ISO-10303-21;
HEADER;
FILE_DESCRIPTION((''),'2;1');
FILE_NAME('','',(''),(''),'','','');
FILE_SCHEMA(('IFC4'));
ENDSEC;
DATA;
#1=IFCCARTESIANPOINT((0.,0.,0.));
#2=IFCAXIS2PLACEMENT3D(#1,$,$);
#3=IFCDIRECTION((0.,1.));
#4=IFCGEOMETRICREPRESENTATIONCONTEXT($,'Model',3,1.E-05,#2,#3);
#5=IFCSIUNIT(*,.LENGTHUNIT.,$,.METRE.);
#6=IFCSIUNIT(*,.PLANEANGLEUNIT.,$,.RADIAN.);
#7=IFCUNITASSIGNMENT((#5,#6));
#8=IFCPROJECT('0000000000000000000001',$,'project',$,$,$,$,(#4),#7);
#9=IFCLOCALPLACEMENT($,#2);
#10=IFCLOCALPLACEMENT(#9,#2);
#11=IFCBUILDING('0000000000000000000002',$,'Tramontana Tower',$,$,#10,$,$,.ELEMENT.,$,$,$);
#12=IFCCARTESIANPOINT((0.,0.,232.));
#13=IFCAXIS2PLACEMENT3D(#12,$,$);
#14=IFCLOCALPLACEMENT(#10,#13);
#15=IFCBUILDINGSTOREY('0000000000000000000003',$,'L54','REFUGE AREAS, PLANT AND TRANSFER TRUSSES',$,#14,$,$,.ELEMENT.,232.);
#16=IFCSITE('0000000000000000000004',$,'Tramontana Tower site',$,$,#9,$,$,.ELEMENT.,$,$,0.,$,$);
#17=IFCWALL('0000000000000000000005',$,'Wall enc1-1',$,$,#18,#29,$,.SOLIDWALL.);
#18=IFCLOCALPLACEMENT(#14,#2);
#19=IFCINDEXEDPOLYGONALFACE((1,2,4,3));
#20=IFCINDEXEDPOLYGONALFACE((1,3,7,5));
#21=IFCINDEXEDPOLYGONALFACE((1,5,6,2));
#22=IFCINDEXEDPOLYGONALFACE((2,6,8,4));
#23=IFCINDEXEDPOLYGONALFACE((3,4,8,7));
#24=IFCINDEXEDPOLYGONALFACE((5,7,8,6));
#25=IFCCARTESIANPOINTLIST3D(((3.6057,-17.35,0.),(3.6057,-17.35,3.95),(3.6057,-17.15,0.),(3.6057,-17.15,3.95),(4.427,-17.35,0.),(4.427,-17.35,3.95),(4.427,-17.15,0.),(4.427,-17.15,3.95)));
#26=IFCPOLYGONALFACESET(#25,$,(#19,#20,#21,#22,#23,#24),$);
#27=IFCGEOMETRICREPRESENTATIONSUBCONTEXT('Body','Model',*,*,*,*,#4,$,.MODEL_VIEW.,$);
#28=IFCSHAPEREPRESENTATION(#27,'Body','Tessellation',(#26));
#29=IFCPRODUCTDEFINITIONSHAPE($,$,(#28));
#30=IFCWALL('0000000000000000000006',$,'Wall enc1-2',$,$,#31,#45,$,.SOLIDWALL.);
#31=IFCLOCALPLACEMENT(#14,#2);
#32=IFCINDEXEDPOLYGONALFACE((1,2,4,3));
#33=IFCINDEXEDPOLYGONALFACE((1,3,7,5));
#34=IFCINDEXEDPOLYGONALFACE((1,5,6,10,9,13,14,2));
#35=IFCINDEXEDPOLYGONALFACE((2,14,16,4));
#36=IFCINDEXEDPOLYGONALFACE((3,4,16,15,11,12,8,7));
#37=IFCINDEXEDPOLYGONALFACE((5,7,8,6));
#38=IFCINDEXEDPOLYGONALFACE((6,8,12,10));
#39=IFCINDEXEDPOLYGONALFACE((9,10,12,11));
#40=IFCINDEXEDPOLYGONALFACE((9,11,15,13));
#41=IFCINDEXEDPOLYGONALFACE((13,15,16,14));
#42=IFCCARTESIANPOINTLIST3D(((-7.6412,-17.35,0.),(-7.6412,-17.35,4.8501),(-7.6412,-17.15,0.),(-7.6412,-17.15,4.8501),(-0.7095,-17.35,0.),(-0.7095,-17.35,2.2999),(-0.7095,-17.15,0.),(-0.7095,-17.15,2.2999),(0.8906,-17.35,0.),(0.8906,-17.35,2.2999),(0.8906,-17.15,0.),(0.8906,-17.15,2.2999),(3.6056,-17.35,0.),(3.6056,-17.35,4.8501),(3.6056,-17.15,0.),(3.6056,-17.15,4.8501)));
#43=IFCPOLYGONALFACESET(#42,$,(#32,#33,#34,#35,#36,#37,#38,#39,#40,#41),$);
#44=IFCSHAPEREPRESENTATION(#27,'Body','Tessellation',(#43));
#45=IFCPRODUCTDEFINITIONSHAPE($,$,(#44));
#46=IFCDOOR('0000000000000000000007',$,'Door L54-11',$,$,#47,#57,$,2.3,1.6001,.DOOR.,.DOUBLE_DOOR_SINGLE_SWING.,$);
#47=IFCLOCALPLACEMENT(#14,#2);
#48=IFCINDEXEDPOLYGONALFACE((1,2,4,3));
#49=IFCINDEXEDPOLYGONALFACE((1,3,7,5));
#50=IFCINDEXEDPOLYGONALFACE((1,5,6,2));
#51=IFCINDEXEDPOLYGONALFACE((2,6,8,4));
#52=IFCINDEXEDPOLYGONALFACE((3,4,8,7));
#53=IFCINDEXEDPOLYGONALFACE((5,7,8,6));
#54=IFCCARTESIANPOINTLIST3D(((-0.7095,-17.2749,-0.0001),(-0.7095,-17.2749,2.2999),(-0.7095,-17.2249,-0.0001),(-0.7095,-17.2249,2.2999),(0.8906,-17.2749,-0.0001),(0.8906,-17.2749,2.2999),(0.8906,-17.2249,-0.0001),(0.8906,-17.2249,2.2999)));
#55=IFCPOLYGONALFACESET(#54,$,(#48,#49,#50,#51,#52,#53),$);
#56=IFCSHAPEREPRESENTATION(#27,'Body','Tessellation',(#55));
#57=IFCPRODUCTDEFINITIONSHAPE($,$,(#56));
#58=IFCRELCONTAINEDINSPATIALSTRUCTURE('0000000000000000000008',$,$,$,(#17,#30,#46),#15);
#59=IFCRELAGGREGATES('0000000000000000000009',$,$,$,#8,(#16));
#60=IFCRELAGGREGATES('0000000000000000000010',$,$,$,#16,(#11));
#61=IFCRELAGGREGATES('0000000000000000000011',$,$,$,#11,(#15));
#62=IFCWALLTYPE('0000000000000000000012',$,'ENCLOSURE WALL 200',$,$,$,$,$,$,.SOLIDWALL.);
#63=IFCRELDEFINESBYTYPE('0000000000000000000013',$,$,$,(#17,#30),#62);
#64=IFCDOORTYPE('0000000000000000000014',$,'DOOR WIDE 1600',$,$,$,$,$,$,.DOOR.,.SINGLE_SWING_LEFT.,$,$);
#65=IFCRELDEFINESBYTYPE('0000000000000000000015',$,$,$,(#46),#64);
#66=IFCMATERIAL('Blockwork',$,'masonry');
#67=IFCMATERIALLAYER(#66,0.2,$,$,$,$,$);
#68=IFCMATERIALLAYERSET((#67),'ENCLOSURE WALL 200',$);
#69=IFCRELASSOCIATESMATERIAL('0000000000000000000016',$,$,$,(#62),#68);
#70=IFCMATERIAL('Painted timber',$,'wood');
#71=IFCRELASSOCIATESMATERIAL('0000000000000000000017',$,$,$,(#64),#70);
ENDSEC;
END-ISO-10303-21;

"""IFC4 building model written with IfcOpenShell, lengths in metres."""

from ifc_helpers import new_model, si_unit, direction, frame, frame_2d, origin, place, context, subcontext, project, spatial, rectangle, extrude, material, layer, layer_set, type_object, element, fill, save


model = new_model("IFC4")

# Units and contexts
model_context = context("Model", 3, precision=1e-05, world=origin(), true_north=direction((0.0, 1.0)))
body_context = subcontext(model_context, "Body", "Model", "MODEL_VIEW")
ifc_project = project(units=[si_unit("LENGTHUNIT", "METRE"), si_unit("PLANEANGLEUNIT", "RADIAN")], contexts=[model_context])

# Site, building, storey
site_placement = place(None, origin())
site = spatial("IfcSite", under=ifc_project, at=site_placement, Name="Tramontana Tower site", CompositionType="ELEMENT", RefElevation=0.0)
building_placement = place(site_placement, origin())
building = spatial("IfcBuilding", under=site, at=building_placement, Name="Tramontana Tower", CompositionType="ELEMENT")
storey_placement = place(building_placement, frame((0.0, 0.0, 232.0)))
storey = spatial("IfcBuildingStorey", under=building, at=storey_placement, Name="L54", Description="REFUGE AREAS, PLANT AND TRANSFER TRUSSES", CompositionType="ELEMENT", Elevation=232.0)

# Wall
ifc_material_1 = material(Name="Blockwork", Category="masonry")
ifc_layer = layer(ifc_material_1, 0.2)
ifc_layer_set = layer_set([ifc_layer], Name="ENCLOSURE WALL 200")
wall_type = type_object("IfcWallType", Name="ENCLOSURE WALL 200", PredefinedType="SOLIDWALL", material=ifc_layer_set)
wall_1_placement = place(storey_placement, frame((4.427, -17.25, 0.0), z_axis=(0.0, 0.0, 1.0), x_axis=(-1.0, 0.0, 0.0)))
element("IfcWall", 1, at=wall_1_placement, inside=storey, type_object=wall_type, Name="Wall enc1-1", PredefinedType="SOLIDWALL", context=body_context, shape_type="SweptSolid", body=[
    extrude(rectangle(XDim=0.8213, YDim=0.2, at=frame_2d((0.4106, 0.0))), origin(), (0.0, 0.0, 1.0), 3.95),
])

# Wall, opening, door
wall_2_placement = place(storey_placement, frame((3.6057, -17.25, 0.0), z_axis=(0.0, 0.0, 1.0), x_axis=(-1.0, 0.0, 0.0)))
wall_2 = element("IfcWall", 2, at=wall_2_placement, inside=storey, type_object=wall_type, Name="Wall enc1-2", PredefinedType="SOLIDWALL", context=body_context, shape_type="SweptSolid", body=[
    extrude(rectangle(XDim=11.2468, YDim=0.2, at=frame_2d((5.6235, 0.0))), origin(), (0.0, 0.0, 1.0), 4.8501),
])
opening_placement = place(wall_2_placement, frame((2.7151, 0.0, 0.0)))
opening = element("IfcOpeningElement", 3, at=opening_placement, cuts=wall_2, PredefinedType="OPENING", context=body_context, shape_type="SweptSolid", body=[
    extrude(rectangle(XDim=1.6001, YDim=2.3, at=frame_2d((0.8, 1.1499))), frame((0.0, 0.1099, 0.0), z_axis=(0.0, -1.0, 0.0), x_axis=(1.0, 0.0, 0.0)), (0.0, 0.0, 1.0), 0.22),
])
ifc_material_2 = material(Name="Painted timber", Category="wood")
door_type = type_object("IfcDoorType", Name="DOOR WIDE 1600", OperationType="SINGLE_SWING_LEFT", PredefinedType="DOOR", material=ifc_material_2)
door_placement = place(opening_placement, origin())
door = element("IfcDoor", 4, at=door_placement, inside=storey, type_object=door_type, Name="Door L54-11", OperationType="DOUBLE_DOOR_SINGLE_SWING", OverallHeight=2.3, OverallWidth=1.6001, PredefinedType="DOOR", context=body_context, shape_type="SweptSolid", body=[
    extrude(rectangle(XDim=1.6001, YDim=2.3, at=frame_2d((0.8, 1.1499))), frame((0.0, 0.0249, 0.0), z_axis=(0.0, -1.0, 0.0), x_axis=(1.0, 0.0, 0.0)), (0.0, 0.0, 1.0), 0.05),
])
fill(opening, door)

save(model, "model.ifc")
